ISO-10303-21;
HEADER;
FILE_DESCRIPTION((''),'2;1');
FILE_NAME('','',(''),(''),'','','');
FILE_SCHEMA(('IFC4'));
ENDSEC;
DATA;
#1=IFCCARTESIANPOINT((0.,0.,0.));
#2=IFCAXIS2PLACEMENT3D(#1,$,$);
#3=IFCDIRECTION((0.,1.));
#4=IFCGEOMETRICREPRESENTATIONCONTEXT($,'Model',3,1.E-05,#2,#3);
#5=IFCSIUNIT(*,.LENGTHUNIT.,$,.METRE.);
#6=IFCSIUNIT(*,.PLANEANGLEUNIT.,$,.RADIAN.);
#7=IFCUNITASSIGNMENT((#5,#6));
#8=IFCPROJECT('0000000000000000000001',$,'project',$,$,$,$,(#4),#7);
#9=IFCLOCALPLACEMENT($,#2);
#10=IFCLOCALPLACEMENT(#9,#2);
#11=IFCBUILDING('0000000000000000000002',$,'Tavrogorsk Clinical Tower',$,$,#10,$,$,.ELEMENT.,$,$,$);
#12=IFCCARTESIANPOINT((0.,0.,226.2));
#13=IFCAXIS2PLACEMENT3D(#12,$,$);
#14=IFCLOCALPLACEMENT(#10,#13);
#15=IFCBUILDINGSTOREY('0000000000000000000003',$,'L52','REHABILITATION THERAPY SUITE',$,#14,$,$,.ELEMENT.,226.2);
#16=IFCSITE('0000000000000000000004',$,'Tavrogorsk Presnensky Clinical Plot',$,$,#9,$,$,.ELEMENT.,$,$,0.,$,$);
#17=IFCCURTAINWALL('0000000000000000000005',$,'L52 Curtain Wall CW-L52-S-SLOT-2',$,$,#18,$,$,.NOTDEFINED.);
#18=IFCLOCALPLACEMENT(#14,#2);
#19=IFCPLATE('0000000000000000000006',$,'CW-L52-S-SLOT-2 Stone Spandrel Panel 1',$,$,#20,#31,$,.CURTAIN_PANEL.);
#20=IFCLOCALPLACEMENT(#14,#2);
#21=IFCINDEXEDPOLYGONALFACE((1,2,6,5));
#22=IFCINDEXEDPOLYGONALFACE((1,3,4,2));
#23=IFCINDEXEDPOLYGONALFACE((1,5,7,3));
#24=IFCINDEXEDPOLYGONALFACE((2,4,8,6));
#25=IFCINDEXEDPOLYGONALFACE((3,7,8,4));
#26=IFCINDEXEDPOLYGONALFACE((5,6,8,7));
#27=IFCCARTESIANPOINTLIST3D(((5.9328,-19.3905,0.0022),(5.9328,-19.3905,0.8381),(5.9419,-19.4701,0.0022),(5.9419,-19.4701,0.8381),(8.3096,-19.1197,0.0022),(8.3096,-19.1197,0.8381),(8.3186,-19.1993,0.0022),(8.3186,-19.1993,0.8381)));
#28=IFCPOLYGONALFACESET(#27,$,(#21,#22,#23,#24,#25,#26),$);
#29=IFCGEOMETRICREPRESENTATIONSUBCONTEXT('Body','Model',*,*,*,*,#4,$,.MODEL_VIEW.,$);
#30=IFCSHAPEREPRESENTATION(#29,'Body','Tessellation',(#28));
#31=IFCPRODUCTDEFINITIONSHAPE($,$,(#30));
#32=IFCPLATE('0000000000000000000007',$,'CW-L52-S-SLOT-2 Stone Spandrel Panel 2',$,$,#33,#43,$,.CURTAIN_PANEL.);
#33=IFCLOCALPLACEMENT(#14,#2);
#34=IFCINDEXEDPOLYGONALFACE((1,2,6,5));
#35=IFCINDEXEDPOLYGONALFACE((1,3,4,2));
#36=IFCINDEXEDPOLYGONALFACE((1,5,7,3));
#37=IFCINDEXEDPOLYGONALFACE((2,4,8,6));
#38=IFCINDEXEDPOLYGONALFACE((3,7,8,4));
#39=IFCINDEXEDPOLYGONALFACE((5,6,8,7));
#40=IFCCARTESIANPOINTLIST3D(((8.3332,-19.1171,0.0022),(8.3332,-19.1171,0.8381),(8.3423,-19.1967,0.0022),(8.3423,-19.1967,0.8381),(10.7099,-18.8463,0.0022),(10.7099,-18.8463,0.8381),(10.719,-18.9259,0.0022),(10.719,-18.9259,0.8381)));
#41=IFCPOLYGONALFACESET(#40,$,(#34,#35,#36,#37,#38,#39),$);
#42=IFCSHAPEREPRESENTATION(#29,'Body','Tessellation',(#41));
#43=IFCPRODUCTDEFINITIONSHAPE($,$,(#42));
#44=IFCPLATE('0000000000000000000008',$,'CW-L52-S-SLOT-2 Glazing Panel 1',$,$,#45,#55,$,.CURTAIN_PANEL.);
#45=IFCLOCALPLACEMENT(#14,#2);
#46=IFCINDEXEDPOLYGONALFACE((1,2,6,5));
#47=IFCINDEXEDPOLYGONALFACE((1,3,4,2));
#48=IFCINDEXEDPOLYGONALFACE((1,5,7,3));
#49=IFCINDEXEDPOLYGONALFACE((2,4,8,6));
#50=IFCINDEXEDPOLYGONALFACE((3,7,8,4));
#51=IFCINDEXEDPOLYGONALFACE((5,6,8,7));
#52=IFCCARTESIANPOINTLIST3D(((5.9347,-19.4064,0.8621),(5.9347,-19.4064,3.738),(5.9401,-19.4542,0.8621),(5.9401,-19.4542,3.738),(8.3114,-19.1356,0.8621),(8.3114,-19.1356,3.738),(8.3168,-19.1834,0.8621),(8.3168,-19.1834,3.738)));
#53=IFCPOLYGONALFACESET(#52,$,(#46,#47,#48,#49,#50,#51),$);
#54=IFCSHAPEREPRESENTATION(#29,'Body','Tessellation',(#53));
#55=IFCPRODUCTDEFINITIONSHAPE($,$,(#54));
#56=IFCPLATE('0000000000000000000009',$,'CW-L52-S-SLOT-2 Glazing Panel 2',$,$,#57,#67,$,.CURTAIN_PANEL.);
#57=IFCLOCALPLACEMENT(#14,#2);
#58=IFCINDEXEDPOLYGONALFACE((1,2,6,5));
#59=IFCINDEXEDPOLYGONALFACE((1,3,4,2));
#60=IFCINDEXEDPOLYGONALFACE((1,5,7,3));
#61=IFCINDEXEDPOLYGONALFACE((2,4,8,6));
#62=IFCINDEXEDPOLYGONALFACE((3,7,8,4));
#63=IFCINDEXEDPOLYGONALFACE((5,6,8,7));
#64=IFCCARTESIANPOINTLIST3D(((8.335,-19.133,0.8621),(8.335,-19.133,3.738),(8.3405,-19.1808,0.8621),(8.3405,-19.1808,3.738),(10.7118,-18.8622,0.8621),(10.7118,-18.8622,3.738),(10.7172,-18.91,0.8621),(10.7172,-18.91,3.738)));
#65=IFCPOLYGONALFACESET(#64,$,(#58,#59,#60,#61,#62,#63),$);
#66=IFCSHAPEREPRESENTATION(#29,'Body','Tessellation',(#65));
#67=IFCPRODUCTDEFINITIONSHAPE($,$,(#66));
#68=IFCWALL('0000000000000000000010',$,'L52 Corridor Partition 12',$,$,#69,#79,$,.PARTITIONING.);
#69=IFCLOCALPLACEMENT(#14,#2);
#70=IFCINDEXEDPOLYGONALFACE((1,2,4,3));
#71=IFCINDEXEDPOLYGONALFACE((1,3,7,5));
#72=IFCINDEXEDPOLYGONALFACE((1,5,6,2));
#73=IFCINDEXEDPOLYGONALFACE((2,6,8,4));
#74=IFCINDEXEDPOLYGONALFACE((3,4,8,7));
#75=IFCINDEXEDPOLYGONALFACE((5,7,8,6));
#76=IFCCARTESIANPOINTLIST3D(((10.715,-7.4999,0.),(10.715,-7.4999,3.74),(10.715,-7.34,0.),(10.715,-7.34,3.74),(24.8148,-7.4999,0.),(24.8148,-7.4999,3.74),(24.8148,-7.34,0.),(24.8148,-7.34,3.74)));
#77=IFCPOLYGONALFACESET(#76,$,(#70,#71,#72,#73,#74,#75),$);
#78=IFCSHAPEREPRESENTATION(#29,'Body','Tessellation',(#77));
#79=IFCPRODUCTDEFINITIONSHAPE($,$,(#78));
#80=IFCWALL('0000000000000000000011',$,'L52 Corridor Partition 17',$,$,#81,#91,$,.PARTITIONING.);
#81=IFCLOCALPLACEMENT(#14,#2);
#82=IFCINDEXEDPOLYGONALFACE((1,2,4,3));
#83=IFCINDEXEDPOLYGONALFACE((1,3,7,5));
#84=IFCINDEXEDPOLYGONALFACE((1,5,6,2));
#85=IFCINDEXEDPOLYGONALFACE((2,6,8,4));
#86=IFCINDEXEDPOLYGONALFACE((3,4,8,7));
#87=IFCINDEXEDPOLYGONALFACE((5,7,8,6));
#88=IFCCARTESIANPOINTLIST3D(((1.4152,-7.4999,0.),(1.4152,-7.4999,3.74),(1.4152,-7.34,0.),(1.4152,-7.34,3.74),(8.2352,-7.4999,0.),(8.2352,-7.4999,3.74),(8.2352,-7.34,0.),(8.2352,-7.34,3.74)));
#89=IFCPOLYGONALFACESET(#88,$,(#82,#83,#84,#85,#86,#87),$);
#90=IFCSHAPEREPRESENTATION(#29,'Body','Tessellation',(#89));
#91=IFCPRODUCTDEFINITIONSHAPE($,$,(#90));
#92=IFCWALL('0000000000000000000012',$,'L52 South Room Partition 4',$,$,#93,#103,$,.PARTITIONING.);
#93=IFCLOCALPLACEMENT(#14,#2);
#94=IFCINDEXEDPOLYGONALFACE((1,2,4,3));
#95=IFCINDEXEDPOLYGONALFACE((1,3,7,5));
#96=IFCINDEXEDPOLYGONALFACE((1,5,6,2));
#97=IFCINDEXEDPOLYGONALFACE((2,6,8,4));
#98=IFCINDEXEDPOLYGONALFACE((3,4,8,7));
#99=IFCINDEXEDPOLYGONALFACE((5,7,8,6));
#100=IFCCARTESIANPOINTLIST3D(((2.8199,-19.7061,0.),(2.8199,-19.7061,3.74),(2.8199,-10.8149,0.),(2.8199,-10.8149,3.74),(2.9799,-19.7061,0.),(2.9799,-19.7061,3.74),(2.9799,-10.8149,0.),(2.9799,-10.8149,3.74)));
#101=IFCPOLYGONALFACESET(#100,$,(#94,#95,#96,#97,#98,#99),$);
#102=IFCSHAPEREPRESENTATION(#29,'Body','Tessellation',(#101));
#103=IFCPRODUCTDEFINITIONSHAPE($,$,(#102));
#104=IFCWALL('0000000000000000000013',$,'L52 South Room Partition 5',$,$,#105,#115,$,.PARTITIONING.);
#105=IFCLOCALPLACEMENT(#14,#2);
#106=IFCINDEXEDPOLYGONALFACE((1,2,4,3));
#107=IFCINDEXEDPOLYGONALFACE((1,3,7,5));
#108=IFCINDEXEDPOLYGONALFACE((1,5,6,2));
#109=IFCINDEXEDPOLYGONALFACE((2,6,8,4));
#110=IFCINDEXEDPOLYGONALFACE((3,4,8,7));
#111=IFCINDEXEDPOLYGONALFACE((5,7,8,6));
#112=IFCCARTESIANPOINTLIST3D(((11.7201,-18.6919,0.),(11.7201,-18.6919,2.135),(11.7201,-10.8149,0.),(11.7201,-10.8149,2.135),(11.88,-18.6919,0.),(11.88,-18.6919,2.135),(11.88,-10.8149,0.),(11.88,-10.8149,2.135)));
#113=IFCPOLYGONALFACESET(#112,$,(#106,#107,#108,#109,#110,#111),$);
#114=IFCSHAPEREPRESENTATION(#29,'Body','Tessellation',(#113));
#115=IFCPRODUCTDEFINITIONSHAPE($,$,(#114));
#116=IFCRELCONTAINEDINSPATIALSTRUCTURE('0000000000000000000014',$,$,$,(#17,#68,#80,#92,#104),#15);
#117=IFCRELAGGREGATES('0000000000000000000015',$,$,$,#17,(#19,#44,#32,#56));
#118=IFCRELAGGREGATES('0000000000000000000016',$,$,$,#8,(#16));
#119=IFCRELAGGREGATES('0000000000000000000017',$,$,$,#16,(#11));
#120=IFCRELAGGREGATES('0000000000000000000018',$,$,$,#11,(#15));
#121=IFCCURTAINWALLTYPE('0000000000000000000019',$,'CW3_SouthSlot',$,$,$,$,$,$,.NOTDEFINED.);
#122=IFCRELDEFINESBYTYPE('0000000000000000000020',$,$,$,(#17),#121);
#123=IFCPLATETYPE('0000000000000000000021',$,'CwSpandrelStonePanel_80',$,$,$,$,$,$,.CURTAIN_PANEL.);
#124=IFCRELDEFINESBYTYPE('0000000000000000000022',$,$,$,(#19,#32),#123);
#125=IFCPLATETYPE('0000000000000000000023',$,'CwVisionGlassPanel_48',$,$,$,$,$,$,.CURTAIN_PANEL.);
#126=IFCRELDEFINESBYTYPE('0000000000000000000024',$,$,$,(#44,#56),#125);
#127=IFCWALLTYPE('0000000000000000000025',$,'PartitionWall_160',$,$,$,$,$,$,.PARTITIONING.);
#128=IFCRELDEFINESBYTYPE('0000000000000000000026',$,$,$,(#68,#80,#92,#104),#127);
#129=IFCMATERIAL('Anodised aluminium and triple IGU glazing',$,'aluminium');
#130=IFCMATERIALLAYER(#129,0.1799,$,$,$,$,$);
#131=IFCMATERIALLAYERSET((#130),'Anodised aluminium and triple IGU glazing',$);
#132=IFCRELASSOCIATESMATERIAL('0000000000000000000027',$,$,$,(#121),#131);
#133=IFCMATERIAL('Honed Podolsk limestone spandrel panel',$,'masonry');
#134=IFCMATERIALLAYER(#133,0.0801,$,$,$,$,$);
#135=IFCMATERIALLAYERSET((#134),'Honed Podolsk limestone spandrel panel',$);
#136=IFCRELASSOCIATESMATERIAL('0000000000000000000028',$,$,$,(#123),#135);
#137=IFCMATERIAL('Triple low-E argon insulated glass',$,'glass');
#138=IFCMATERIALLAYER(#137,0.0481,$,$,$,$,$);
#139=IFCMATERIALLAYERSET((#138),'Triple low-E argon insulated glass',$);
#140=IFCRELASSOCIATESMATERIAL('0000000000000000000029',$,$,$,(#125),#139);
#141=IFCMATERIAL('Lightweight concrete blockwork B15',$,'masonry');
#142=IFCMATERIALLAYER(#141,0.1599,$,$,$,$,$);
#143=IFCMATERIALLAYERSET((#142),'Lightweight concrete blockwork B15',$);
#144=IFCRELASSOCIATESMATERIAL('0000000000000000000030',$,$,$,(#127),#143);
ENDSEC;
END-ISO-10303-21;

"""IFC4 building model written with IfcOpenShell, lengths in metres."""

from ifc_helpers import new_model, si_unit, direction, frame, frame_2d, origin, origin_2d, place, context, subcontext, project, spatial, rectangle, extrude, material, layer, layer_set, type_object, element, aggregate, save


model = new_model("IFC4")

# Units and contexts
model_context = context("Model", 3, precision=1e-05, world=origin(), true_north=direction((0.0, 1.0)))
body_context = subcontext(model_context, "Body", "Model", "MODEL_VIEW")
ifc_project = project(units=[si_unit("LENGTHUNIT", "METRE"), si_unit("PLANEANGLEUNIT", "RADIAN")], contexts=[model_context])

# Site, building, storey
site_placement = place(None, origin())
site = spatial("IfcSite", under=ifc_project, at=site_placement, Name="Tavrogorsk Presnensky Clinical Plot", CompositionType="ELEMENT", RefElevation=0.0)
building_placement = place(site_placement, origin())
building = spatial("IfcBuilding", under=site, at=building_placement, Name="Tavrogorsk Clinical Tower", CompositionType="ELEMENT")
storey_placement = place(building_placement, frame((0.0, 0.0, 226.2)))
storey = spatial("IfcBuildingStorey", under=building, at=storey_placement, Name="L52", Description="REHABILITATION THERAPY SUITE", CompositionType="ELEMENT", Elevation=226.2)

# Curtain wall
ifc_material_1 = material(Name="Anodised aluminium and triple IGU glazing", Category="aluminium")
ifc_layer_1 = layer(ifc_material_1, 0.1799)
ifc_layer_set_1 = layer_set([ifc_layer_1], Name="Anodised aluminium and triple IGU glazing")
curtain_wall_type = type_object("IfcCurtainWallType", Name="CW3_SouthSlot", PredefinedType="NOTDEFINED", material=ifc_layer_set_1)
curtain_wall_placement = place(storey_placement, origin())
curtain_wall = element("IfcCurtainWall", 1, at=curtain_wall_placement, inside=storey, type_object=curtain_wall_type, Name="L52 Curtain Wall CW-L52-S-SLOT-2", PredefinedType="NOTDEFINED")

# Plates
ifc_material_2 = material(Name="Honed Podolsk limestone spandrel panel", Category="masonry")
ifc_layer_2 = layer(ifc_material_2, 0.0801)
ifc_layer_set_2 = layer_set([ifc_layer_2], Name="Honed Podolsk limestone spandrel panel")
plate_type_1 = type_object("IfcPlateType", Name="CwSpandrelStonePanel_80", PredefinedType="CURTAIN_PANEL", material=ifc_layer_set_2)
plate_1_placement = place(storey_placement, frame((7.1257, -19.2949, 0.0022), z_axis=(0.0, 0.0, 1.0), x_axis=(0.993572, 0.113203, 0.0)))
plate_1 = element("IfcPlate", 2, at=plate_1_placement, type_object=plate_type_1, Name="CW-L52-S-SLOT-2 Stone Spandrel Panel 1", PredefinedType="CURTAIN_PANEL", context=body_context, shape_type="SweptSolid", body=[
    extrude(rectangle(XDim=2.3921, YDim=0.0801, at=origin_2d()), origin(), (0.0, 0.0, 1.0), 0.8359),
])
plate_2_placement = place(storey_placement, frame((9.5261, -19.0215, 0.0022), z_axis=(0.0, 0.0, 1.0), x_axis=(0.993572, 0.113203, 0.0)))
plate_2 = element("IfcPlate", 3, at=plate_2_placement, type_object=plate_type_1, Name="CW-L52-S-SLOT-2 Stone Spandrel Panel 2", PredefinedType="CURTAIN_PANEL", context=body_context, shape_type="SweptSolid", body=[
    extrude(rectangle(XDim=2.3921, YDim=0.0801, at=origin_2d()), origin(), (0.0, 0.0, 1.0), 0.8359),
])
ifc_material_3 = material(Name="Triple low-E argon insulated glass", Category="glass")
ifc_layer_3 = layer(ifc_material_3, 0.0481)
ifc_layer_set_3 = layer_set([ifc_layer_3], Name="Triple low-E argon insulated glass")
plate_type_2 = type_object("IfcPlateType", Name="CwVisionGlassPanel_48", PredefinedType="CURTAIN_PANEL", material=ifc_layer_set_3)
plate_3_placement = place(storey_placement, frame((7.1257, -19.2949, 0.8621), z_axis=(0.0, 0.0, 1.0), x_axis=(0.993572, 0.113203, 0.0)))
plate_3 = element("IfcPlate", 4, at=plate_3_placement, type_object=plate_type_2, Name="CW-L52-S-SLOT-2 Glazing Panel 1", PredefinedType="CURTAIN_PANEL", context=body_context, shape_type="SweptSolid", body=[
    extrude(rectangle(XDim=2.3921, YDim=0.0481, at=origin_2d()), origin(), (0.0, 0.0, 1.0), 2.876),
])
plate_4_placement = place(storey_placement, frame((9.5261, -19.0215, 0.8621), z_axis=(0.0, 0.0, 1.0), x_axis=(0.993572, 0.113203, 0.0)))
plate_4 = element("IfcPlate", 5, at=plate_4_placement, type_object=plate_type_2, Name="CW-L52-S-SLOT-2 Glazing Panel 2", PredefinedType="CURTAIN_PANEL", context=body_context, shape_type="SweptSolid", body=[
    extrude(rectangle(XDim=2.3921, YDim=0.0481, at=origin_2d()), origin(), (0.0, 0.0, 1.0), 2.876),
])
aggregate(curtain_wall, [plate_1, plate_3, plate_2, plate_4])

# Walls
ifc_material_4 = material(Name="Lightweight concrete blockwork B15", Category="masonry")
ifc_layer_4 = layer(ifc_material_4, 0.1599)
ifc_layer_set_4 = layer_set([ifc_layer_4], Name="Lightweight concrete blockwork B15")
wall_type_1 = type_object("IfcWallType", Name="PartitionWall_160", PredefinedType="PARTITIONING", material=ifc_layer_set_4)
wall_1_placement = place(storey_placement, frame((10.7151, -7.4199, 0.0), z_axis=(0.0, 0.0, 1.0), x_axis=(1.0, 0.0, 0.0)))
element("IfcWall", 6, at=wall_1_placement, inside=storey, type_object=wall_type_1, Name="L52 Corridor Partition 12", PredefinedType="PARTITIONING", context=body_context, shape_type="SweptSolid", body=[
    extrude(rectangle(XDim=14.0999, YDim=0.1599, at=frame_2d((7.0498, 0.0))), origin(), (0.0, 0.0, 1.0), 3.74),
])
wall_2_placement = place(storey_placement, frame((1.415, -7.4199, 0.0), z_axis=(0.0, 0.0, 1.0), x_axis=(1.0, 0.0, 0.0)))
element("IfcWall", 7, at=wall_2_placement, inside=storey, type_object=wall_type_1, Name="L52 Corridor Partition 17", PredefinedType="PARTITIONING", context=body_context, shape_type="SweptSolid", body=[
    extrude(rectangle(XDim=6.8201, YDim=0.1599, at=frame_2d((3.4102, 0.0))), origin(), (0.0, 0.0, 1.0), 3.74),
])
wall_3_placement = place(storey_placement, frame((2.8999, -19.7061, 0.0), z_axis=(0.0, 0.0, 1.0), x_axis=(0.0, 1.0, 0.0)))
element("IfcWall", 8, at=wall_3_placement, inside=storey, type_object=wall_type_1, Name="L52 South Room Partition 4", PredefinedType="PARTITIONING", context=body_context, shape_type="SweptSolid", body=[
    extrude(rectangle(XDim=8.8911, YDim=0.1599, at=frame_2d((4.4456, 0.0))), origin(), (0.0, 0.0, 1.0), 3.74),
])
wall_4_placement = place(storey_placement, frame((11.8, -18.6919, 0.0), z_axis=(0.0, 0.0, 1.0), x_axis=(0.0, 1.0, 0.0)))
element("IfcWall", 9, at=wall_4_placement, inside=storey, type_object=wall_type_1, Name="L52 South Room Partition 5", PredefinedType="PARTITIONING", context=body_context, shape_type="SweptSolid", body=[
    extrude(rectangle(XDim=7.877, YDim=0.1599, at=frame_2d((3.9385, 0.0))), origin(), (0.0, 0.0, 1.0), 2.135),
])

save(model, "model.ifc")
